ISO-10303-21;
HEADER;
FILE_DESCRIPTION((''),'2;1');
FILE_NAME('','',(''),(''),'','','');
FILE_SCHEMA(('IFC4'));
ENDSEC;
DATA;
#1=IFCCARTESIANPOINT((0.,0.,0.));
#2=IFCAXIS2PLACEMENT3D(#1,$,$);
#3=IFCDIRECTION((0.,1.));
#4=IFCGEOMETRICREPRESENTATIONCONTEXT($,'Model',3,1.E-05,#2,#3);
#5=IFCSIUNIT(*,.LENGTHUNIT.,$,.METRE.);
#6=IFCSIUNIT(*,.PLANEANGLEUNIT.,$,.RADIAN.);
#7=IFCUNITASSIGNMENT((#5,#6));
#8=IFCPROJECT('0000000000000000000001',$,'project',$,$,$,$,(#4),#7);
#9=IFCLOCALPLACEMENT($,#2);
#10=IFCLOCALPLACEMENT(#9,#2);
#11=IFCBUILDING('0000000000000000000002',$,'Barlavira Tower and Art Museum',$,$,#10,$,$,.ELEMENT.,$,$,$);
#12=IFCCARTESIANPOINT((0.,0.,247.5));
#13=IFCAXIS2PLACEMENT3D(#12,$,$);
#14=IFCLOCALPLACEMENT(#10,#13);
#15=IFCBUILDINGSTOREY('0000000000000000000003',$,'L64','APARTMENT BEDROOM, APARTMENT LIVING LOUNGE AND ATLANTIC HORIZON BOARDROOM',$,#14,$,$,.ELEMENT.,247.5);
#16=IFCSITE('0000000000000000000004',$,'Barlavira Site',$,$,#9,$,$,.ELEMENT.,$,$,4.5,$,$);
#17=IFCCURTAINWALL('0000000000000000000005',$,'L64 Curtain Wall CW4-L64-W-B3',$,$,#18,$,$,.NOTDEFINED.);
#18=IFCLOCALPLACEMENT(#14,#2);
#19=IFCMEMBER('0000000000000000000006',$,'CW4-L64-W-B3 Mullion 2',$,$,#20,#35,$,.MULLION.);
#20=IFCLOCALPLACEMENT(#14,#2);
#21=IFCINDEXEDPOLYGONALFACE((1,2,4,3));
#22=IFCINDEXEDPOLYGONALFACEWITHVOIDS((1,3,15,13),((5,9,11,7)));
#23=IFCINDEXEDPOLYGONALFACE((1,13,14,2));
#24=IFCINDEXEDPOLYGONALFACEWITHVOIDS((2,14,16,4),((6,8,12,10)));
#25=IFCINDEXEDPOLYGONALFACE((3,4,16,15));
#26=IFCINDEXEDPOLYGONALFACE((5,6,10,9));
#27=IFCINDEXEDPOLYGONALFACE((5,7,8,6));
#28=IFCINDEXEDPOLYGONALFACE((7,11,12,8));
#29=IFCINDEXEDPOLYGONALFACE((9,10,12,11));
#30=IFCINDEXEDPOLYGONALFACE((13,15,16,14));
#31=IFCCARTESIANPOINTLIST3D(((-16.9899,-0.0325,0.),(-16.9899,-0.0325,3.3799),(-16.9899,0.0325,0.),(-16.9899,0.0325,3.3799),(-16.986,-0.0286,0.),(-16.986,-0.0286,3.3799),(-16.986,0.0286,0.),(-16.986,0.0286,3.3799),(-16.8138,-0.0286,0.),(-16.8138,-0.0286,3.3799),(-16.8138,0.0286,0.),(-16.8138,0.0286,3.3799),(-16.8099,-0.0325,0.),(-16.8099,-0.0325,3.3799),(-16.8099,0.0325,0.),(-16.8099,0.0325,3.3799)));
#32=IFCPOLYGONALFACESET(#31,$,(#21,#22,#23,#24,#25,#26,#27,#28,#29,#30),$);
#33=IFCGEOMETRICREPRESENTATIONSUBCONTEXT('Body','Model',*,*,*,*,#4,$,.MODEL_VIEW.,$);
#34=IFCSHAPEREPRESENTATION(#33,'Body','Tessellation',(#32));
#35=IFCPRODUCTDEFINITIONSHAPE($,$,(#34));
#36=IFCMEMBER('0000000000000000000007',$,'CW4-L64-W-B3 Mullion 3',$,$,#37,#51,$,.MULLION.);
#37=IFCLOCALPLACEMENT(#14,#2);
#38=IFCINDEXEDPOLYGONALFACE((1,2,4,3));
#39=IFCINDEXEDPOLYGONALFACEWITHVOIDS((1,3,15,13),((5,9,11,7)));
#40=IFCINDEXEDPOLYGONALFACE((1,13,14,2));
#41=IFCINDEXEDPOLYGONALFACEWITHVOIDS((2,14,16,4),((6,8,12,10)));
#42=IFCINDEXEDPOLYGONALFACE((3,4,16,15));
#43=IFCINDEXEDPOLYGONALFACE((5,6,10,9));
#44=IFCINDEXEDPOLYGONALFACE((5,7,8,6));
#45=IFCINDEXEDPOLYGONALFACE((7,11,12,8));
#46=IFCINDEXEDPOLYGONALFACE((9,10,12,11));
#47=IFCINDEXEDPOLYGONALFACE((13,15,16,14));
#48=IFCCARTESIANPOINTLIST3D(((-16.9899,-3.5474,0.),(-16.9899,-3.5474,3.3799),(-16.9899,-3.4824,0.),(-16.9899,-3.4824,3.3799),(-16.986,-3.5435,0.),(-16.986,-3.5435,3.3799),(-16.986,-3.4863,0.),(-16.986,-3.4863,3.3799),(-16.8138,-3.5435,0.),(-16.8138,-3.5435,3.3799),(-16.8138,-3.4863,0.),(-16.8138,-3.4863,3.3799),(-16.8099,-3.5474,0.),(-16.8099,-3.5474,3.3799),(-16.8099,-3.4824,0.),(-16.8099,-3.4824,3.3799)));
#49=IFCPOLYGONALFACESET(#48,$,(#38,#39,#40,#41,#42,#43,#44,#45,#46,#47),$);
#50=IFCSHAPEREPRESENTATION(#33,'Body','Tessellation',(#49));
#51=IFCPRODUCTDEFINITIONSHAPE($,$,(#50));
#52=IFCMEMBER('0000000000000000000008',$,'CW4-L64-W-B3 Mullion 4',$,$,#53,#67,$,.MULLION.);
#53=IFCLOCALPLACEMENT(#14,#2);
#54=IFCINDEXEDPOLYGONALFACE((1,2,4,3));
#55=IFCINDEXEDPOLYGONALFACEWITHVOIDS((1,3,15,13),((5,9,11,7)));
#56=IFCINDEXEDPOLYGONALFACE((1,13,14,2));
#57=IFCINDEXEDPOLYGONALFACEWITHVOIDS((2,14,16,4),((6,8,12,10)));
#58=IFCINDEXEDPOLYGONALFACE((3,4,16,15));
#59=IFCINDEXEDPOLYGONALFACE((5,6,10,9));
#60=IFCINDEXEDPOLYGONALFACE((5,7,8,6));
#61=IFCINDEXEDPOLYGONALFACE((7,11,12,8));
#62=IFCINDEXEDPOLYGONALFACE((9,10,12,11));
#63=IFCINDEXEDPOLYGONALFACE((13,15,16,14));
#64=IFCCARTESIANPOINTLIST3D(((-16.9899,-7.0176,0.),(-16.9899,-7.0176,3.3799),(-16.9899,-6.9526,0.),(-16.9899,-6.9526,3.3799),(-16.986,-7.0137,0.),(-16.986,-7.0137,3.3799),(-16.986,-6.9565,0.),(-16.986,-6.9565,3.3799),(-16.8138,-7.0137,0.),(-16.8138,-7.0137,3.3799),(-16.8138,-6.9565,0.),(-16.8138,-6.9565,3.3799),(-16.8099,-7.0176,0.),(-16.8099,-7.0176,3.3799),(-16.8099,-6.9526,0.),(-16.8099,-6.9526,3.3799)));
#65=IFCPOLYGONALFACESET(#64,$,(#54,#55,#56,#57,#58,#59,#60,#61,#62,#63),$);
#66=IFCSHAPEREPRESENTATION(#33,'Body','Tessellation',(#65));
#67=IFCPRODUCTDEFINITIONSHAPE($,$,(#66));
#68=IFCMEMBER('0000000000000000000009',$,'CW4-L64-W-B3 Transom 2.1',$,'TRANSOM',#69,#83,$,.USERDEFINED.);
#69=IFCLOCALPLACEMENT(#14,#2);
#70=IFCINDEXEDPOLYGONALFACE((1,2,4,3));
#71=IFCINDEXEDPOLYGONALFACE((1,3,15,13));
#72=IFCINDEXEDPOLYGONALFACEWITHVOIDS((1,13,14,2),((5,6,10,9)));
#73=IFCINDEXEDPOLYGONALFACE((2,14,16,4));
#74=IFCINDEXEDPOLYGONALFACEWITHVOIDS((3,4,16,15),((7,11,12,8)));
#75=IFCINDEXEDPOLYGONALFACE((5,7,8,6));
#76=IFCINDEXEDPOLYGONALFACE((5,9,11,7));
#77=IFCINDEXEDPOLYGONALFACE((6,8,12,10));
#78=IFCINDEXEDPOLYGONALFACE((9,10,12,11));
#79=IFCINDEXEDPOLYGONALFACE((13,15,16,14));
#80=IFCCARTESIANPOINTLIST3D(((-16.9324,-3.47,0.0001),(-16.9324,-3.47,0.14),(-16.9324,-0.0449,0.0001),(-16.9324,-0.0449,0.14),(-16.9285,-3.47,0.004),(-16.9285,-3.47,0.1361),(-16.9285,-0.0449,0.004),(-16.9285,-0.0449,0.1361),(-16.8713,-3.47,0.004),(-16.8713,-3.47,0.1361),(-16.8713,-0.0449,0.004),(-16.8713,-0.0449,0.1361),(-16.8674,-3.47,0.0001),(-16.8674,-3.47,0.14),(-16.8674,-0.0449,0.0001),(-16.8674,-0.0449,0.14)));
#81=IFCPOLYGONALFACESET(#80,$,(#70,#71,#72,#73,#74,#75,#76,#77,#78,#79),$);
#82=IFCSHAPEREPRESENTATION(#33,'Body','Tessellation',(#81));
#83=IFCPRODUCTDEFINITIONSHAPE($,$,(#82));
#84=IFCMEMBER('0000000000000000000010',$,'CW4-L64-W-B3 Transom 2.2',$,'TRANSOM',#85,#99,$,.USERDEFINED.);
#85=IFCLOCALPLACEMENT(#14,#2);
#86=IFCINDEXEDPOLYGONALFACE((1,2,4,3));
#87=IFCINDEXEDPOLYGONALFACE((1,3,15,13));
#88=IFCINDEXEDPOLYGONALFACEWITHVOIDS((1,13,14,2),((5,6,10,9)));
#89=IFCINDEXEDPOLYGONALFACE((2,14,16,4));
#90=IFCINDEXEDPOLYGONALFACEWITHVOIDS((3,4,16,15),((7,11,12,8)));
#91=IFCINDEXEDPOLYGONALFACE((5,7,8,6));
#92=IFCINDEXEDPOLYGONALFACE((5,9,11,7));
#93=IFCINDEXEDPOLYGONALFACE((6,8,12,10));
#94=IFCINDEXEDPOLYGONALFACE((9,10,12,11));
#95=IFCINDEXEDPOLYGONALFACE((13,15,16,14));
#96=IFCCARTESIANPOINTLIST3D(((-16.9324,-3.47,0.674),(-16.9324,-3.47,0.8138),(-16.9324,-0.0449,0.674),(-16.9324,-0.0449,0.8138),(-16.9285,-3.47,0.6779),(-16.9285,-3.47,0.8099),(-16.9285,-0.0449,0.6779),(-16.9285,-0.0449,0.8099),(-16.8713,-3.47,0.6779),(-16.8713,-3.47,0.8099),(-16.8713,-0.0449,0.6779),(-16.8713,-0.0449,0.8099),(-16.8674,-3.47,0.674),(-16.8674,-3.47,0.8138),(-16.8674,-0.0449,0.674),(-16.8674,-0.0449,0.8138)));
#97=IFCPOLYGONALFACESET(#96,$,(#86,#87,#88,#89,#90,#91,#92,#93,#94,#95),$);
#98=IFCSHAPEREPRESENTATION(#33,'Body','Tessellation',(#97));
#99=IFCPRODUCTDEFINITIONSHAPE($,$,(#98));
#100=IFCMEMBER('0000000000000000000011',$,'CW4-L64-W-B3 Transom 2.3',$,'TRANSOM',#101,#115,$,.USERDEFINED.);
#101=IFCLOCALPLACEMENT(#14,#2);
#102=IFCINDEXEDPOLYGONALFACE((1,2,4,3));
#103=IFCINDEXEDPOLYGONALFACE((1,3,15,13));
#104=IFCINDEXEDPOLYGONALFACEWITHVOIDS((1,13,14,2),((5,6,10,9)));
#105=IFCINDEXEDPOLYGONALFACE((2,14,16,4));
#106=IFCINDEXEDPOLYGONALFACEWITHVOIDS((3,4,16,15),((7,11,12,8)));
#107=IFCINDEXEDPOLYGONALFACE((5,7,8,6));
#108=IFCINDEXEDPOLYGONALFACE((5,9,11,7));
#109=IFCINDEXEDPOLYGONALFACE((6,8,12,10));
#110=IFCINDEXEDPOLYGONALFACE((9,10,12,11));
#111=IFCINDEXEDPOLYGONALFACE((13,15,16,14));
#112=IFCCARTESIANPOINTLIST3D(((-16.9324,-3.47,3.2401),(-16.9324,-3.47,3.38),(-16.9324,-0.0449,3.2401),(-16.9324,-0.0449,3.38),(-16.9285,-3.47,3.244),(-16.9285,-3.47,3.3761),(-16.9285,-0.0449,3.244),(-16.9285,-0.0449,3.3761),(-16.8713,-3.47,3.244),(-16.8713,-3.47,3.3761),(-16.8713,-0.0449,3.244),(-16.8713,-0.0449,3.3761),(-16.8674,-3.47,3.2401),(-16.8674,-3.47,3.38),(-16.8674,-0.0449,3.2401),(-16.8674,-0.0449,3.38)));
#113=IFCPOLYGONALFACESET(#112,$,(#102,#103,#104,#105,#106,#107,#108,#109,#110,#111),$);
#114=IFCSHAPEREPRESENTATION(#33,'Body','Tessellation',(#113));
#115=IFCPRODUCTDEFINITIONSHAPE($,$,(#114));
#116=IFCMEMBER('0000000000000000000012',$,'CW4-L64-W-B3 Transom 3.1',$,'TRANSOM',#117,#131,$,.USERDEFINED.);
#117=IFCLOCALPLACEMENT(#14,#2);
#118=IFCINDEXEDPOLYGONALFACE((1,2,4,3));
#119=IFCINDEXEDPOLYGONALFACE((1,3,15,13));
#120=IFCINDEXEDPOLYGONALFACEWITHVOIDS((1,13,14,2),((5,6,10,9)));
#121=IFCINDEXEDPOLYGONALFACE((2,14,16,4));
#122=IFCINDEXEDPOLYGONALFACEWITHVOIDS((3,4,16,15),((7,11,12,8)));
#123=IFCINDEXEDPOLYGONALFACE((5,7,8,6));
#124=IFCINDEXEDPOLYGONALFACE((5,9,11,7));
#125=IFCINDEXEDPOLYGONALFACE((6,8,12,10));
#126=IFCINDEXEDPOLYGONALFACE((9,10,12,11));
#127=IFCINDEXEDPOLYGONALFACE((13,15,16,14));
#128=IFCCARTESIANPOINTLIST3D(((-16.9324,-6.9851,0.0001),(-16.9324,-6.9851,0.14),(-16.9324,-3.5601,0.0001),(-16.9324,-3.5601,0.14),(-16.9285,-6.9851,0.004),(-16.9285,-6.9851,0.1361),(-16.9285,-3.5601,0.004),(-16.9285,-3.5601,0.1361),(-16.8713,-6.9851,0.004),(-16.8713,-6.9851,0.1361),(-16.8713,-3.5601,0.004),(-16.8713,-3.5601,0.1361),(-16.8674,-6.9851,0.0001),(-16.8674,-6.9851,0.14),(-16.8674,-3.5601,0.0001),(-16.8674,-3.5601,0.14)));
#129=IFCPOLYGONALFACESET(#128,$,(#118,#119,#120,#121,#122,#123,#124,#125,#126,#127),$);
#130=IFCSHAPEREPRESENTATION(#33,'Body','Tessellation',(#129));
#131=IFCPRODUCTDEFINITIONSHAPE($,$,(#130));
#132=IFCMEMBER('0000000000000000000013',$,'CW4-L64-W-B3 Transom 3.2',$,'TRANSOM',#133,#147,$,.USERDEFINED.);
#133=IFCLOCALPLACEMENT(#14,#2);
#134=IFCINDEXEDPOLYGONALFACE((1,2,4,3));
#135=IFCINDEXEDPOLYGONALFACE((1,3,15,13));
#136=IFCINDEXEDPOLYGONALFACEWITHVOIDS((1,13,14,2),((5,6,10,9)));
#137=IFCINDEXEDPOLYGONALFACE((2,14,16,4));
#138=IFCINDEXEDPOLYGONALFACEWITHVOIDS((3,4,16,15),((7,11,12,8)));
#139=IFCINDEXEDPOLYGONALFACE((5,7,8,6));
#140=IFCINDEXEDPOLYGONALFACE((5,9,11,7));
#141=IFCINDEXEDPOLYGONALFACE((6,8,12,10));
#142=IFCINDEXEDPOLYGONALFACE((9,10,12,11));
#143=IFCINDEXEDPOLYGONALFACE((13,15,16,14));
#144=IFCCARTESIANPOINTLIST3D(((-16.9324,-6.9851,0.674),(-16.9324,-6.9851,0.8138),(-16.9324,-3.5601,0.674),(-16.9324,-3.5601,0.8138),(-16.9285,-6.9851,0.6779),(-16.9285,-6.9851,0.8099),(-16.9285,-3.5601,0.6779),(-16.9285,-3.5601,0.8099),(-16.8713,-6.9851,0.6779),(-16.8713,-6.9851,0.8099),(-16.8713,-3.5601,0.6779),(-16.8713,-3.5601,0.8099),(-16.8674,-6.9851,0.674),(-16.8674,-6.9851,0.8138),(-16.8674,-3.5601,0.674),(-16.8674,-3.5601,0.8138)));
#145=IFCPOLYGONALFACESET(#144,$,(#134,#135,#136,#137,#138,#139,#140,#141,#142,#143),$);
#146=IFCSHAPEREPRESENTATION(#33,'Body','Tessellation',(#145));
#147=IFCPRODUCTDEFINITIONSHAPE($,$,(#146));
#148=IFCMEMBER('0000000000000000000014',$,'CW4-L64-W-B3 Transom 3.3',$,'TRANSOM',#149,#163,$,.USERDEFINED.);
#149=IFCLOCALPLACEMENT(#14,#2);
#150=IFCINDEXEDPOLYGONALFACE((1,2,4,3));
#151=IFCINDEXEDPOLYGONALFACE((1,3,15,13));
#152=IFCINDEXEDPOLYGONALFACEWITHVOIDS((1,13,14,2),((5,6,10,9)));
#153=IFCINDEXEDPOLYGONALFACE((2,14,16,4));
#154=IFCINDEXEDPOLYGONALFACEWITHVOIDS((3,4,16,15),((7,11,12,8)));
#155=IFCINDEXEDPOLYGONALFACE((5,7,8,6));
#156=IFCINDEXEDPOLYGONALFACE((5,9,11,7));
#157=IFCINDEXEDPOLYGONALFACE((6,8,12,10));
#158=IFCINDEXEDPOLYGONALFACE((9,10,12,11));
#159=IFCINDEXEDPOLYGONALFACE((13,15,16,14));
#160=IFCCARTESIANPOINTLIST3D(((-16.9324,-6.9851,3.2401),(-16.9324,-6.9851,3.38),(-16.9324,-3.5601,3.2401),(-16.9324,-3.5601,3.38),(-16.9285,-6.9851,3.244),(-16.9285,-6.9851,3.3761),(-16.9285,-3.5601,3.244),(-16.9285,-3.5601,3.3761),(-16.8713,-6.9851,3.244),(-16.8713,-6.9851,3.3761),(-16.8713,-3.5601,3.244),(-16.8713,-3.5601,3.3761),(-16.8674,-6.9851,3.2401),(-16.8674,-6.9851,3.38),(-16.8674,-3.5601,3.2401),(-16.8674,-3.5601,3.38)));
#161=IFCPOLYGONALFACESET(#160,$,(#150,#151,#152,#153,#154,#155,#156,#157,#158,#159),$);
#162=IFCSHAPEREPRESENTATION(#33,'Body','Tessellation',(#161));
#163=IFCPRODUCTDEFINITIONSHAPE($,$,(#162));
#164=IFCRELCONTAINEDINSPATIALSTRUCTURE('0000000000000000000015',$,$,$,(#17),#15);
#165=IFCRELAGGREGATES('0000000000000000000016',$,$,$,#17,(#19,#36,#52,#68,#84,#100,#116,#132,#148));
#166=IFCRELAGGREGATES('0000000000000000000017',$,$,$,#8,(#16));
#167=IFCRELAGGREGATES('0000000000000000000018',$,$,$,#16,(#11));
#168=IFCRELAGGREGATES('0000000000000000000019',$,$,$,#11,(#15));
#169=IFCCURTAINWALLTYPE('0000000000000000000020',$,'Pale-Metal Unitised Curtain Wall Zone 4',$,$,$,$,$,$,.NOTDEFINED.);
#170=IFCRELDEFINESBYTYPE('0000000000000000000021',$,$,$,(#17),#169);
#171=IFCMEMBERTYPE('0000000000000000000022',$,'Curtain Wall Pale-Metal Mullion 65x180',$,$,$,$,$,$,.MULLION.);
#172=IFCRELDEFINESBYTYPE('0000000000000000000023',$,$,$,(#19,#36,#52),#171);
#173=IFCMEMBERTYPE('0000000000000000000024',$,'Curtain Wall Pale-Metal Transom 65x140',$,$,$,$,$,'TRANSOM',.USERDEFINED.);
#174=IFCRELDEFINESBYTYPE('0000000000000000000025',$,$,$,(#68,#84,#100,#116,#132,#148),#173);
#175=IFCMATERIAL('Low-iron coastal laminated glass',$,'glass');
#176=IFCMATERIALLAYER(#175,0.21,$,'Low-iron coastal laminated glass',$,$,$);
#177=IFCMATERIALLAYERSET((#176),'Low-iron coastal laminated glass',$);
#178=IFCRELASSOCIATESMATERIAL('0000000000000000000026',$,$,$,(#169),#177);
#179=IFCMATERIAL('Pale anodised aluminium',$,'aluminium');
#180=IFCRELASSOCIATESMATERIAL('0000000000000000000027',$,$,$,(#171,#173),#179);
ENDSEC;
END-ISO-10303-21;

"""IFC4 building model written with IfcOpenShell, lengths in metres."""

from ifc_helpers import new_model, si_unit, direction, frame, origin, origin_2d, place, context, subcontext, project, spatial, hollow_rectangle, extrude, material, layer, layer_set, material_profile, profile_set, type_object, element, aggregate, save


model = new_model("IFC4")

# Units and contexts
model_context = context("Model", 3, precision=1e-05, world=origin(), true_north=direction((0.0, 1.0)))
body_context = subcontext(model_context, "Body", "Model", "MODEL_VIEW")
ifc_project = project(units=[si_unit("LENGTHUNIT", "METRE"), si_unit("PLANEANGLEUNIT", "RADIAN")], contexts=[model_context])

# Site, building, storey
site_placement = place(None, origin())
site = spatial("IfcSite", under=ifc_project, at=site_placement, Name="Barlavira Site", CompositionType="ELEMENT", RefElevation=4.5)
building_placement = place(site_placement, origin())
building = spatial("IfcBuilding", under=site, at=building_placement, Name="Barlavira Tower and Art Museum", CompositionType="ELEMENT")
storey_placement = place(building_placement, frame((0.0, 0.0, 247.5)))
storey = spatial("IfcBuildingStorey", under=building, at=storey_placement, Name="L64", Description="APARTMENT BEDROOM, APARTMENT LIVING LOUNGE AND ATLANTIC HORIZON BOARDROOM", CompositionType="ELEMENT", Elevation=247.5)

# Curtain wall, members
ifc_material_1 = material(Name="Low-iron coastal laminated glass", Category="glass")
ifc_layer_1 = layer(ifc_material_1, 0.21, Name="Low-iron coastal laminated glass")
ifc_layer_set_1 = layer_set([ifc_layer_1], Name="Low-iron coastal laminated glass")
curtain_wall_type = type_object("IfcCurtainWallType", Name="Pale-Metal Unitised Curtain Wall Zone 4", PredefinedType="NOTDEFINED", material=ifc_layer_set_1)
curtain_wall_placement = place(storey_placement, origin())
curtain_wall = element("IfcCurtainWall", 1, at=curtain_wall_placement, inside=storey, type_object=curtain_wall_type, Name="L64 Curtain Wall CW4-L64-W-B3", PredefinedType="NOTDEFINED")
ifc_material_2 = material(Name="Pale anodised aluminium", Category="aluminium")
ifc_material_profile_1 = material_profile(ifc_material_2, hollow_rectangle(XDim=0.0649, YDim=0.1799, WallThickness=0.0039, at=origin_2d()), Name="ALU-MULL 65x180x4")
ifc_profile_set_1 = profile_set([ifc_material_profile_1], Name="Pale anodised aluminium")
member_type_1 = type_object("IfcMemberType", Name="Curtain Wall Pale-Metal Mullion 65x180", PredefinedType="MULLION", material=ifc_profile_set_1)
member_1_placement = place(storey_placement, frame((-16.8999, 0.0, 0.0), z_axis=(0.0, 0.0, 1.0), x_axis=(0.0, -1.0, 0.0)))
member_1 = element("IfcMember", 2, at=member_1_placement, type_object=member_type_1, Name="CW4-L64-W-B3 Mullion 2", PredefinedType="MULLION", context=body_context, shape_type="SweptSolid", body=[
    extrude(hollow_rectangle(XDim=0.0649, YDim=0.1799, WallThickness=0.0039, at=origin_2d()), origin(), (0.0, 0.0, 1.0), 3.3799),
])
member_2_placement = place(storey_placement, frame((-16.8999, -3.5149, 0.0), z_axis=(0.0, 0.0, 1.0), x_axis=(0.0, -1.0, 0.0)))
member_2 = element("IfcMember", 3, at=member_2_placement, type_object=member_type_1, Name="CW4-L64-W-B3 Mullion 3", PredefinedType="MULLION", context=body_context, shape_type="SweptSolid", body=[
    extrude(hollow_rectangle(XDim=0.0649, YDim=0.1799, WallThickness=0.0039, at=origin_2d()), origin(), (0.0, 0.0, 1.0), 3.3799),
])
member_3_placement = place(storey_placement, frame((-16.8999, -6.9851, 0.0), z_axis=(0.0, 0.0, 1.0), x_axis=(0.0, -1.0, 0.0)))
member_3 = element("IfcMember", 4, at=member_3_placement, type_object=member_type_1, Name="CW4-L64-W-B3 Mullion 4", PredefinedType="MULLION", context=body_context, shape_type="SweptSolid", body=[
    extrude(hollow_rectangle(XDim=0.0649, YDim=0.1799, WallThickness=0.0039, at=origin_2d()), origin(), (0.0, 0.0, 1.0), 3.3799),
])
ifc_material_profile_2 = material_profile(ifc_material_2, hollow_rectangle(XDim=0.0649, YDim=0.1399, WallThickness=0.0039, at=origin_2d()), Name="ALU-TRAN 65x140x4")
ifc_profile_set_2 = profile_set([ifc_material_profile_2], Name="Pale anodised aluminium")
member_type_2 = type_object("IfcMemberType", Name="Curtain Wall Pale-Metal Transom 65x140", ElementType="TRANSOM", PredefinedType="USERDEFINED", material=ifc_profile_set_2)
member_4_placement = place(storey_placement, frame((-16.8999, -0.0449, 0.0701), z_axis=(0.0, -1.0, 0.0), x_axis=(1.0, 0.0, 0.0)))
member_4 = element("IfcMember", 5, at=member_4_placement, type_object=member_type_2, Name="CW4-L64-W-B3 Transom 2.1", ObjectType="TRANSOM", PredefinedType="USERDEFINED", context=body_context, shape_type="SweptSolid", body=[
    extrude(hollow_rectangle(XDim=0.0649, YDim=0.1399, WallThickness=0.0039, at=origin_2d()), origin(), (0.0, 0.0, 1.0), 3.425),
])
member_5_placement = place(storey_placement, frame((-16.8999, -0.0449, 0.7439), z_axis=(0.0, -1.0, 0.0), x_axis=(1.0, 0.0, 0.0)))
member_5 = element("IfcMember", 6, at=member_5_placement, type_object=member_type_2, Name="CW4-L64-W-B3 Transom 2.2", ObjectType="TRANSOM", PredefinedType="USERDEFINED", context=body_context, shape_type="SweptSolid", body=[
    extrude(hollow_rectangle(XDim=0.0649, YDim=0.1399, WallThickness=0.0039, at=origin_2d()), origin(), (0.0, 0.0, 1.0), 3.425),
])
member_6_placement = place(storey_placement, frame((-16.8999, -0.0449, 3.3101), z_axis=(0.0, -1.0, 0.0), x_axis=(1.0, 0.0, 0.0)))
member_6 = element("IfcMember", 7, at=member_6_placement, type_object=member_type_2, Name="CW4-L64-W-B3 Transom 2.3", ObjectType="TRANSOM", PredefinedType="USERDEFINED", context=body_context, shape_type="SweptSolid", body=[
    extrude(hollow_rectangle(XDim=0.0649, YDim=0.1399, WallThickness=0.0039, at=origin_2d()), origin(), (0.0, 0.0, 1.0), 3.425),
])
member_7_placement = place(storey_placement, frame((-16.8999, -3.5601, 0.0701), z_axis=(0.0, -1.0, 0.0), x_axis=(1.0, 0.0, 0.0)))
member_7 = element("IfcMember", 8, at=member_7_placement, type_object=member_type_2, Name="CW4-L64-W-B3 Transom 3.1", ObjectType="TRANSOM", PredefinedType="USERDEFINED", context=body_context, shape_type="SweptSolid", body=[
    extrude(hollow_rectangle(XDim=0.0649, YDim=0.1399, WallThickness=0.0039, at=origin_2d()), origin(), (0.0, 0.0, 1.0), 3.425),
])
member_8_placement = place(storey_placement, frame((-16.8999, -3.5601, 0.7439), z_axis=(0.0, -1.0, 0.0), x_axis=(1.0, 0.0, 0.0)))
member_8 = element("IfcMember", 9, at=member_8_placement, type_object=member_type_2, Name="CW4-L64-W-B3 Transom 3.2", ObjectType="TRANSOM", PredefinedType="USERDEFINED", context=body_context, shape_type="SweptSolid", body=[
    extrude(hollow_rectangle(XDim=0.0649, YDim=0.1399, WallThickness=0.0039, at=origin_2d()), origin(), (0.0, 0.0, 1.0), 3.425),
])
member_9_placement = place(storey_placement, frame((-16.8999, -3.5601, 3.3101), z_axis=(0.0, -1.0, 0.0), x_axis=(1.0, 0.0, 0.0)))
member_9 = element("IfcMember", 10, at=member_9_placement, type_object=member_type_2, Name="CW4-L64-W-B3 Transom 3.3", ObjectType="TRANSOM", PredefinedType="USERDEFINED", context=body_context, shape_type="SweptSolid", body=[
    extrude(hollow_rectangle(XDim=0.0649, YDim=0.1399, WallThickness=0.0039, at=origin_2d()), origin(), (0.0, 0.0, 1.0), 3.425),
])

aggregate(curtain_wall, [member_1, member_2, member_3, member_4, member_5, member_6, member_7, member_8, member_9])

save(model, "model.ifc")
